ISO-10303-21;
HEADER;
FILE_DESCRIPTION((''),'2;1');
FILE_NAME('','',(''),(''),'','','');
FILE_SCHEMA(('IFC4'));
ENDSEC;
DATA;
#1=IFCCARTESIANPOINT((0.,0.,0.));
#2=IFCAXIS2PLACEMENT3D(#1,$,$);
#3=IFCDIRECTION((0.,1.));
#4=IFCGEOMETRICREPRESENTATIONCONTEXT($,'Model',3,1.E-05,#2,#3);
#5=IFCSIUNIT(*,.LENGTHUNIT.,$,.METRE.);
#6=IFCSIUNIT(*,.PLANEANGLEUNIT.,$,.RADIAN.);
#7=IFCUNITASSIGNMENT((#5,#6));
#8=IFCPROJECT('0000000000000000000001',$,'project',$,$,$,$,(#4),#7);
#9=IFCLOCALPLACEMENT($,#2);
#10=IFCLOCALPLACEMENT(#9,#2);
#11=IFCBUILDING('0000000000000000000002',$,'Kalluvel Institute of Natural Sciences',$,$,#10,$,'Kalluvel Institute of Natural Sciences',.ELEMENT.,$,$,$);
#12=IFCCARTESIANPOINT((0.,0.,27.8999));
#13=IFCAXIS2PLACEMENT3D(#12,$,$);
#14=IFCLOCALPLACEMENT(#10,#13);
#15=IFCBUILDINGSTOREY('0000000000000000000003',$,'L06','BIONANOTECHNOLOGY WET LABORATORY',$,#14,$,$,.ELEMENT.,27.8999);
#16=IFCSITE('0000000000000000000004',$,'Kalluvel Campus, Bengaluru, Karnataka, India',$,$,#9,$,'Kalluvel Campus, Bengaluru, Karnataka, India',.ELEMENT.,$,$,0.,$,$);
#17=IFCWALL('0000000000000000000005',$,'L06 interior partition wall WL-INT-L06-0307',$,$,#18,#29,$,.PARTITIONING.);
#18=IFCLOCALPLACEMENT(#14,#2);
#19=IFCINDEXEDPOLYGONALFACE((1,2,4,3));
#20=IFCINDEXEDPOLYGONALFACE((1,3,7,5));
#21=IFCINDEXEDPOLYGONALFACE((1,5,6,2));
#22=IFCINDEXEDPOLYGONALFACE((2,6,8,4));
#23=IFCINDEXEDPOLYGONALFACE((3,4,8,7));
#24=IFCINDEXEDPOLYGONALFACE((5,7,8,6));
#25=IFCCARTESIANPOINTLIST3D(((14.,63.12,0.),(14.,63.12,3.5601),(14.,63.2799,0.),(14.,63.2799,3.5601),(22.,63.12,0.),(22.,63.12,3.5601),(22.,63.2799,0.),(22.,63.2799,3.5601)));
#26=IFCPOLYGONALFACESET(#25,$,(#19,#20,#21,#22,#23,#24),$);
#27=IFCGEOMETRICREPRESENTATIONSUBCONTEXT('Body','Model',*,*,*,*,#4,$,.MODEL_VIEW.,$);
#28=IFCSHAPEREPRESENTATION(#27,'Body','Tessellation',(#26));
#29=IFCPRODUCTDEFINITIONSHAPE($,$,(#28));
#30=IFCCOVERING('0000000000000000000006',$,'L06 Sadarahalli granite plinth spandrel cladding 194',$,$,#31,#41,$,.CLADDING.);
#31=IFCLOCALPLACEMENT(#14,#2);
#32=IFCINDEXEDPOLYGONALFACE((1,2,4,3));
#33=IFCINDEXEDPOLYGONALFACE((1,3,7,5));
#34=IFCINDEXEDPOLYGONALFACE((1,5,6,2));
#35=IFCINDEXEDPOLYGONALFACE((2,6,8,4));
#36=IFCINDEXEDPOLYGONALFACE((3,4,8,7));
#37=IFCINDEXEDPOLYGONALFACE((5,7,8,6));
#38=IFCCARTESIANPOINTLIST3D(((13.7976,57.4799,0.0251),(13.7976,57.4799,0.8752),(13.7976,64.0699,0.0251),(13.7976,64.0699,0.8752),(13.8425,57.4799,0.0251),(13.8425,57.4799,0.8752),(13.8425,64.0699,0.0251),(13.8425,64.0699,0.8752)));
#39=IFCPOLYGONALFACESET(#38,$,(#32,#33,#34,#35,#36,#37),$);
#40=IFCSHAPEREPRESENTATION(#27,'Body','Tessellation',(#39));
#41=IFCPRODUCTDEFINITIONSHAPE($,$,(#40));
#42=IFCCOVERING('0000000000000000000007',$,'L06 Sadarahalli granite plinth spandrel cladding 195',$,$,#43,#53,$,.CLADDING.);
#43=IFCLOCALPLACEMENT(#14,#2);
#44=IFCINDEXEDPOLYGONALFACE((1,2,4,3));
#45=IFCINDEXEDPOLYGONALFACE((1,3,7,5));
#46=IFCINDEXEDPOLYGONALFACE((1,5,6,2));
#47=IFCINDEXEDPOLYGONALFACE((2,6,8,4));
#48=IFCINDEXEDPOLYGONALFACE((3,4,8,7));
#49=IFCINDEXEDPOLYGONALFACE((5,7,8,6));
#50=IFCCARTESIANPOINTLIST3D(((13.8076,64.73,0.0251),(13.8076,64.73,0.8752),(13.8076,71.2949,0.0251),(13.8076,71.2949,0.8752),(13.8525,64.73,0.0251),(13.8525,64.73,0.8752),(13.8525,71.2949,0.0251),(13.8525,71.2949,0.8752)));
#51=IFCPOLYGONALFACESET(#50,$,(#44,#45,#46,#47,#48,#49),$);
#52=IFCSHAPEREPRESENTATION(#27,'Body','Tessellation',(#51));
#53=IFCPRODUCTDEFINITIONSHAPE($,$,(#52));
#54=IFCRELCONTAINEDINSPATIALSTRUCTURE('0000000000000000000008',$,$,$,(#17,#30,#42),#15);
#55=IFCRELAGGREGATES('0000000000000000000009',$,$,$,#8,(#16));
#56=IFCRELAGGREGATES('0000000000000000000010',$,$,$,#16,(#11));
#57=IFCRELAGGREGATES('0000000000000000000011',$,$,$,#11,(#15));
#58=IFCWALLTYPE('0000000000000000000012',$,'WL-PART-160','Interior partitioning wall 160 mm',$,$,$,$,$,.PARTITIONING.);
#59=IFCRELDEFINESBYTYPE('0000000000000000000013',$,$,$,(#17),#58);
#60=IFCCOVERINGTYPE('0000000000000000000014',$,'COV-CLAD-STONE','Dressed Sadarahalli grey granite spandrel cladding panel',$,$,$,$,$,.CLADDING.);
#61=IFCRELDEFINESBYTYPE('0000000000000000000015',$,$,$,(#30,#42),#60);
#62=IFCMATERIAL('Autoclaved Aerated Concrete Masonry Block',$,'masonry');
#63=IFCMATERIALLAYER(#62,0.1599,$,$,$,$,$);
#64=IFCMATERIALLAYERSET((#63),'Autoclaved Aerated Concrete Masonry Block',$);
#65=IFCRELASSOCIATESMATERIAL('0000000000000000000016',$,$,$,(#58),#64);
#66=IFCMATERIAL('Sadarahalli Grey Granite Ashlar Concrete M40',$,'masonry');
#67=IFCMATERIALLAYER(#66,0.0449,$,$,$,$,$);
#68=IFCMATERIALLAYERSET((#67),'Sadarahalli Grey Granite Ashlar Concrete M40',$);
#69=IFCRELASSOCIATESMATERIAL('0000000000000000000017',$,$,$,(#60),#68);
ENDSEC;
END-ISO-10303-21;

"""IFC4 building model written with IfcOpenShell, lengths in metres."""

from ifc_helpers import new_model, si_unit, direction, frame, frame_2d, origin, origin_2d, place, context, subcontext, project, spatial, rectangle, extrude, material, layer, layer_set, type_object, element, save


model = new_model("IFC4")

# Units and contexts
model_context = context("Model", 3, precision=1e-05, world=origin(), true_north=direction((0.0, 1.0)))
body_context = subcontext(model_context, "Body", "Model", "MODEL_VIEW")
ifc_project = project(units=[si_unit("LENGTHUNIT", "METRE"), si_unit("PLANEANGLEUNIT", "RADIAN")], contexts=[model_context])

# Site, building, storey
site_placement = place(None, origin())
site = spatial("IfcSite", under=ifc_project, at=site_placement, Name="Kalluvel Campus, Bengaluru, Karnataka, India", LongName="Kalluvel Campus, Bengaluru, Karnataka, India", CompositionType="ELEMENT", RefElevation=0.0)
building_placement = place(site_placement, origin())
building = spatial("IfcBuilding", under=site, at=building_placement, Name="Kalluvel Institute of Natural Sciences", LongName="Kalluvel Institute of Natural Sciences", CompositionType="ELEMENT")
storey_placement = place(building_placement, frame((0.0, 0.0, 27.8999)))
storey = spatial("IfcBuildingStorey", under=building, at=storey_placement, Name="L06", Description="BIONANOTECHNOLOGY WET LABORATORY", CompositionType="ELEMENT", Elevation=27.8999)

# Wall
ifc_material_1 = material(Name="Sadarahalli Grey Granite Ashlar Concrete M40", Category="masonry")
ifc_material_2 = material(Name="Autoclaved Aerated Concrete Masonry Block", Category="masonry")
ifc_layer_1 = layer(ifc_material_2, 0.1599)
ifc_layer_set_1 = layer_set([ifc_layer_1], Name="Autoclaved Aerated Concrete Masonry Block")
wall_type_1 = type_object("IfcWallType", Name="WL-PART-160", Description="Interior partitioning wall 160 mm", PredefinedType="PARTITIONING", material=ifc_layer_set_1)
wall_1_placement = place(storey_placement, frame((14.0, 63.2, 0.0), z_axis=(0.0, 0.0, 1.0), x_axis=(1.0, 0.0, 0.0)))
element("IfcWall", 1, at=wall_1_placement, inside=storey, type_object=wall_type_1, Name="L06 interior partition wall WL-INT-L06-0307", PredefinedType="PARTITIONING", context=body_context, shape_type="SweptSolid", body=[
    extrude(rectangle(XDim=8.0, YDim=0.1599, at=frame_2d((4.0, 0.0))), origin(), (0.0, 0.0, 1.0), 3.5601),
])

# Coverings
ifc_layer_2 = layer(ifc_material_1, 0.0449)
ifc_layer_set_2 = layer_set([ifc_layer_2], Name="Sadarahalli Grey Granite Ashlar Concrete M40")
covering_type = type_object("IfcCoveringType", Name="COV-CLAD-STONE", Description="Dressed Sadarahalli grey granite spandrel cladding panel", PredefinedType="CLADDING", material=ifc_layer_set_2)
covering_1_placement = place(storey_placement, frame((13.8201, 60.7749, 0.0251), z_axis=(0.0, 0.0, 1.0), x_axis=(0.0, 1.0, 0.0)))
element("IfcCovering", 2, at=covering_1_placement, inside=storey, type_object=covering_type, Name="L06 Sadarahalli granite plinth spandrel cladding 194", PredefinedType="CLADDING", context=body_context, shape_type="SweptSolid", body=[
    extrude(rectangle(XDim=6.5901, YDim=0.0449, at=origin_2d()), origin(), (0.0, 0.0, 1.0), 0.8501),
])
covering_2_placement = place(storey_placement, frame((13.8301, 68.0125, 0.0251), z_axis=(0.0, 0.0, 1.0), x_axis=(0.0, 1.0, 0.0)))
element("IfcCovering", 3, at=covering_2_placement, inside=storey, type_object=covering_type, Name="L06 Sadarahalli granite plinth spandrel cladding 195", PredefinedType="CLADDING", context=body_context, shape_type="SweptSolid", body=[
    extrude(rectangle(XDim=6.5649, YDim=0.0449, at=origin_2d()), origin(), (0.0, 0.0, 1.0), 0.8501),
])

save(model, "model.ifc")
